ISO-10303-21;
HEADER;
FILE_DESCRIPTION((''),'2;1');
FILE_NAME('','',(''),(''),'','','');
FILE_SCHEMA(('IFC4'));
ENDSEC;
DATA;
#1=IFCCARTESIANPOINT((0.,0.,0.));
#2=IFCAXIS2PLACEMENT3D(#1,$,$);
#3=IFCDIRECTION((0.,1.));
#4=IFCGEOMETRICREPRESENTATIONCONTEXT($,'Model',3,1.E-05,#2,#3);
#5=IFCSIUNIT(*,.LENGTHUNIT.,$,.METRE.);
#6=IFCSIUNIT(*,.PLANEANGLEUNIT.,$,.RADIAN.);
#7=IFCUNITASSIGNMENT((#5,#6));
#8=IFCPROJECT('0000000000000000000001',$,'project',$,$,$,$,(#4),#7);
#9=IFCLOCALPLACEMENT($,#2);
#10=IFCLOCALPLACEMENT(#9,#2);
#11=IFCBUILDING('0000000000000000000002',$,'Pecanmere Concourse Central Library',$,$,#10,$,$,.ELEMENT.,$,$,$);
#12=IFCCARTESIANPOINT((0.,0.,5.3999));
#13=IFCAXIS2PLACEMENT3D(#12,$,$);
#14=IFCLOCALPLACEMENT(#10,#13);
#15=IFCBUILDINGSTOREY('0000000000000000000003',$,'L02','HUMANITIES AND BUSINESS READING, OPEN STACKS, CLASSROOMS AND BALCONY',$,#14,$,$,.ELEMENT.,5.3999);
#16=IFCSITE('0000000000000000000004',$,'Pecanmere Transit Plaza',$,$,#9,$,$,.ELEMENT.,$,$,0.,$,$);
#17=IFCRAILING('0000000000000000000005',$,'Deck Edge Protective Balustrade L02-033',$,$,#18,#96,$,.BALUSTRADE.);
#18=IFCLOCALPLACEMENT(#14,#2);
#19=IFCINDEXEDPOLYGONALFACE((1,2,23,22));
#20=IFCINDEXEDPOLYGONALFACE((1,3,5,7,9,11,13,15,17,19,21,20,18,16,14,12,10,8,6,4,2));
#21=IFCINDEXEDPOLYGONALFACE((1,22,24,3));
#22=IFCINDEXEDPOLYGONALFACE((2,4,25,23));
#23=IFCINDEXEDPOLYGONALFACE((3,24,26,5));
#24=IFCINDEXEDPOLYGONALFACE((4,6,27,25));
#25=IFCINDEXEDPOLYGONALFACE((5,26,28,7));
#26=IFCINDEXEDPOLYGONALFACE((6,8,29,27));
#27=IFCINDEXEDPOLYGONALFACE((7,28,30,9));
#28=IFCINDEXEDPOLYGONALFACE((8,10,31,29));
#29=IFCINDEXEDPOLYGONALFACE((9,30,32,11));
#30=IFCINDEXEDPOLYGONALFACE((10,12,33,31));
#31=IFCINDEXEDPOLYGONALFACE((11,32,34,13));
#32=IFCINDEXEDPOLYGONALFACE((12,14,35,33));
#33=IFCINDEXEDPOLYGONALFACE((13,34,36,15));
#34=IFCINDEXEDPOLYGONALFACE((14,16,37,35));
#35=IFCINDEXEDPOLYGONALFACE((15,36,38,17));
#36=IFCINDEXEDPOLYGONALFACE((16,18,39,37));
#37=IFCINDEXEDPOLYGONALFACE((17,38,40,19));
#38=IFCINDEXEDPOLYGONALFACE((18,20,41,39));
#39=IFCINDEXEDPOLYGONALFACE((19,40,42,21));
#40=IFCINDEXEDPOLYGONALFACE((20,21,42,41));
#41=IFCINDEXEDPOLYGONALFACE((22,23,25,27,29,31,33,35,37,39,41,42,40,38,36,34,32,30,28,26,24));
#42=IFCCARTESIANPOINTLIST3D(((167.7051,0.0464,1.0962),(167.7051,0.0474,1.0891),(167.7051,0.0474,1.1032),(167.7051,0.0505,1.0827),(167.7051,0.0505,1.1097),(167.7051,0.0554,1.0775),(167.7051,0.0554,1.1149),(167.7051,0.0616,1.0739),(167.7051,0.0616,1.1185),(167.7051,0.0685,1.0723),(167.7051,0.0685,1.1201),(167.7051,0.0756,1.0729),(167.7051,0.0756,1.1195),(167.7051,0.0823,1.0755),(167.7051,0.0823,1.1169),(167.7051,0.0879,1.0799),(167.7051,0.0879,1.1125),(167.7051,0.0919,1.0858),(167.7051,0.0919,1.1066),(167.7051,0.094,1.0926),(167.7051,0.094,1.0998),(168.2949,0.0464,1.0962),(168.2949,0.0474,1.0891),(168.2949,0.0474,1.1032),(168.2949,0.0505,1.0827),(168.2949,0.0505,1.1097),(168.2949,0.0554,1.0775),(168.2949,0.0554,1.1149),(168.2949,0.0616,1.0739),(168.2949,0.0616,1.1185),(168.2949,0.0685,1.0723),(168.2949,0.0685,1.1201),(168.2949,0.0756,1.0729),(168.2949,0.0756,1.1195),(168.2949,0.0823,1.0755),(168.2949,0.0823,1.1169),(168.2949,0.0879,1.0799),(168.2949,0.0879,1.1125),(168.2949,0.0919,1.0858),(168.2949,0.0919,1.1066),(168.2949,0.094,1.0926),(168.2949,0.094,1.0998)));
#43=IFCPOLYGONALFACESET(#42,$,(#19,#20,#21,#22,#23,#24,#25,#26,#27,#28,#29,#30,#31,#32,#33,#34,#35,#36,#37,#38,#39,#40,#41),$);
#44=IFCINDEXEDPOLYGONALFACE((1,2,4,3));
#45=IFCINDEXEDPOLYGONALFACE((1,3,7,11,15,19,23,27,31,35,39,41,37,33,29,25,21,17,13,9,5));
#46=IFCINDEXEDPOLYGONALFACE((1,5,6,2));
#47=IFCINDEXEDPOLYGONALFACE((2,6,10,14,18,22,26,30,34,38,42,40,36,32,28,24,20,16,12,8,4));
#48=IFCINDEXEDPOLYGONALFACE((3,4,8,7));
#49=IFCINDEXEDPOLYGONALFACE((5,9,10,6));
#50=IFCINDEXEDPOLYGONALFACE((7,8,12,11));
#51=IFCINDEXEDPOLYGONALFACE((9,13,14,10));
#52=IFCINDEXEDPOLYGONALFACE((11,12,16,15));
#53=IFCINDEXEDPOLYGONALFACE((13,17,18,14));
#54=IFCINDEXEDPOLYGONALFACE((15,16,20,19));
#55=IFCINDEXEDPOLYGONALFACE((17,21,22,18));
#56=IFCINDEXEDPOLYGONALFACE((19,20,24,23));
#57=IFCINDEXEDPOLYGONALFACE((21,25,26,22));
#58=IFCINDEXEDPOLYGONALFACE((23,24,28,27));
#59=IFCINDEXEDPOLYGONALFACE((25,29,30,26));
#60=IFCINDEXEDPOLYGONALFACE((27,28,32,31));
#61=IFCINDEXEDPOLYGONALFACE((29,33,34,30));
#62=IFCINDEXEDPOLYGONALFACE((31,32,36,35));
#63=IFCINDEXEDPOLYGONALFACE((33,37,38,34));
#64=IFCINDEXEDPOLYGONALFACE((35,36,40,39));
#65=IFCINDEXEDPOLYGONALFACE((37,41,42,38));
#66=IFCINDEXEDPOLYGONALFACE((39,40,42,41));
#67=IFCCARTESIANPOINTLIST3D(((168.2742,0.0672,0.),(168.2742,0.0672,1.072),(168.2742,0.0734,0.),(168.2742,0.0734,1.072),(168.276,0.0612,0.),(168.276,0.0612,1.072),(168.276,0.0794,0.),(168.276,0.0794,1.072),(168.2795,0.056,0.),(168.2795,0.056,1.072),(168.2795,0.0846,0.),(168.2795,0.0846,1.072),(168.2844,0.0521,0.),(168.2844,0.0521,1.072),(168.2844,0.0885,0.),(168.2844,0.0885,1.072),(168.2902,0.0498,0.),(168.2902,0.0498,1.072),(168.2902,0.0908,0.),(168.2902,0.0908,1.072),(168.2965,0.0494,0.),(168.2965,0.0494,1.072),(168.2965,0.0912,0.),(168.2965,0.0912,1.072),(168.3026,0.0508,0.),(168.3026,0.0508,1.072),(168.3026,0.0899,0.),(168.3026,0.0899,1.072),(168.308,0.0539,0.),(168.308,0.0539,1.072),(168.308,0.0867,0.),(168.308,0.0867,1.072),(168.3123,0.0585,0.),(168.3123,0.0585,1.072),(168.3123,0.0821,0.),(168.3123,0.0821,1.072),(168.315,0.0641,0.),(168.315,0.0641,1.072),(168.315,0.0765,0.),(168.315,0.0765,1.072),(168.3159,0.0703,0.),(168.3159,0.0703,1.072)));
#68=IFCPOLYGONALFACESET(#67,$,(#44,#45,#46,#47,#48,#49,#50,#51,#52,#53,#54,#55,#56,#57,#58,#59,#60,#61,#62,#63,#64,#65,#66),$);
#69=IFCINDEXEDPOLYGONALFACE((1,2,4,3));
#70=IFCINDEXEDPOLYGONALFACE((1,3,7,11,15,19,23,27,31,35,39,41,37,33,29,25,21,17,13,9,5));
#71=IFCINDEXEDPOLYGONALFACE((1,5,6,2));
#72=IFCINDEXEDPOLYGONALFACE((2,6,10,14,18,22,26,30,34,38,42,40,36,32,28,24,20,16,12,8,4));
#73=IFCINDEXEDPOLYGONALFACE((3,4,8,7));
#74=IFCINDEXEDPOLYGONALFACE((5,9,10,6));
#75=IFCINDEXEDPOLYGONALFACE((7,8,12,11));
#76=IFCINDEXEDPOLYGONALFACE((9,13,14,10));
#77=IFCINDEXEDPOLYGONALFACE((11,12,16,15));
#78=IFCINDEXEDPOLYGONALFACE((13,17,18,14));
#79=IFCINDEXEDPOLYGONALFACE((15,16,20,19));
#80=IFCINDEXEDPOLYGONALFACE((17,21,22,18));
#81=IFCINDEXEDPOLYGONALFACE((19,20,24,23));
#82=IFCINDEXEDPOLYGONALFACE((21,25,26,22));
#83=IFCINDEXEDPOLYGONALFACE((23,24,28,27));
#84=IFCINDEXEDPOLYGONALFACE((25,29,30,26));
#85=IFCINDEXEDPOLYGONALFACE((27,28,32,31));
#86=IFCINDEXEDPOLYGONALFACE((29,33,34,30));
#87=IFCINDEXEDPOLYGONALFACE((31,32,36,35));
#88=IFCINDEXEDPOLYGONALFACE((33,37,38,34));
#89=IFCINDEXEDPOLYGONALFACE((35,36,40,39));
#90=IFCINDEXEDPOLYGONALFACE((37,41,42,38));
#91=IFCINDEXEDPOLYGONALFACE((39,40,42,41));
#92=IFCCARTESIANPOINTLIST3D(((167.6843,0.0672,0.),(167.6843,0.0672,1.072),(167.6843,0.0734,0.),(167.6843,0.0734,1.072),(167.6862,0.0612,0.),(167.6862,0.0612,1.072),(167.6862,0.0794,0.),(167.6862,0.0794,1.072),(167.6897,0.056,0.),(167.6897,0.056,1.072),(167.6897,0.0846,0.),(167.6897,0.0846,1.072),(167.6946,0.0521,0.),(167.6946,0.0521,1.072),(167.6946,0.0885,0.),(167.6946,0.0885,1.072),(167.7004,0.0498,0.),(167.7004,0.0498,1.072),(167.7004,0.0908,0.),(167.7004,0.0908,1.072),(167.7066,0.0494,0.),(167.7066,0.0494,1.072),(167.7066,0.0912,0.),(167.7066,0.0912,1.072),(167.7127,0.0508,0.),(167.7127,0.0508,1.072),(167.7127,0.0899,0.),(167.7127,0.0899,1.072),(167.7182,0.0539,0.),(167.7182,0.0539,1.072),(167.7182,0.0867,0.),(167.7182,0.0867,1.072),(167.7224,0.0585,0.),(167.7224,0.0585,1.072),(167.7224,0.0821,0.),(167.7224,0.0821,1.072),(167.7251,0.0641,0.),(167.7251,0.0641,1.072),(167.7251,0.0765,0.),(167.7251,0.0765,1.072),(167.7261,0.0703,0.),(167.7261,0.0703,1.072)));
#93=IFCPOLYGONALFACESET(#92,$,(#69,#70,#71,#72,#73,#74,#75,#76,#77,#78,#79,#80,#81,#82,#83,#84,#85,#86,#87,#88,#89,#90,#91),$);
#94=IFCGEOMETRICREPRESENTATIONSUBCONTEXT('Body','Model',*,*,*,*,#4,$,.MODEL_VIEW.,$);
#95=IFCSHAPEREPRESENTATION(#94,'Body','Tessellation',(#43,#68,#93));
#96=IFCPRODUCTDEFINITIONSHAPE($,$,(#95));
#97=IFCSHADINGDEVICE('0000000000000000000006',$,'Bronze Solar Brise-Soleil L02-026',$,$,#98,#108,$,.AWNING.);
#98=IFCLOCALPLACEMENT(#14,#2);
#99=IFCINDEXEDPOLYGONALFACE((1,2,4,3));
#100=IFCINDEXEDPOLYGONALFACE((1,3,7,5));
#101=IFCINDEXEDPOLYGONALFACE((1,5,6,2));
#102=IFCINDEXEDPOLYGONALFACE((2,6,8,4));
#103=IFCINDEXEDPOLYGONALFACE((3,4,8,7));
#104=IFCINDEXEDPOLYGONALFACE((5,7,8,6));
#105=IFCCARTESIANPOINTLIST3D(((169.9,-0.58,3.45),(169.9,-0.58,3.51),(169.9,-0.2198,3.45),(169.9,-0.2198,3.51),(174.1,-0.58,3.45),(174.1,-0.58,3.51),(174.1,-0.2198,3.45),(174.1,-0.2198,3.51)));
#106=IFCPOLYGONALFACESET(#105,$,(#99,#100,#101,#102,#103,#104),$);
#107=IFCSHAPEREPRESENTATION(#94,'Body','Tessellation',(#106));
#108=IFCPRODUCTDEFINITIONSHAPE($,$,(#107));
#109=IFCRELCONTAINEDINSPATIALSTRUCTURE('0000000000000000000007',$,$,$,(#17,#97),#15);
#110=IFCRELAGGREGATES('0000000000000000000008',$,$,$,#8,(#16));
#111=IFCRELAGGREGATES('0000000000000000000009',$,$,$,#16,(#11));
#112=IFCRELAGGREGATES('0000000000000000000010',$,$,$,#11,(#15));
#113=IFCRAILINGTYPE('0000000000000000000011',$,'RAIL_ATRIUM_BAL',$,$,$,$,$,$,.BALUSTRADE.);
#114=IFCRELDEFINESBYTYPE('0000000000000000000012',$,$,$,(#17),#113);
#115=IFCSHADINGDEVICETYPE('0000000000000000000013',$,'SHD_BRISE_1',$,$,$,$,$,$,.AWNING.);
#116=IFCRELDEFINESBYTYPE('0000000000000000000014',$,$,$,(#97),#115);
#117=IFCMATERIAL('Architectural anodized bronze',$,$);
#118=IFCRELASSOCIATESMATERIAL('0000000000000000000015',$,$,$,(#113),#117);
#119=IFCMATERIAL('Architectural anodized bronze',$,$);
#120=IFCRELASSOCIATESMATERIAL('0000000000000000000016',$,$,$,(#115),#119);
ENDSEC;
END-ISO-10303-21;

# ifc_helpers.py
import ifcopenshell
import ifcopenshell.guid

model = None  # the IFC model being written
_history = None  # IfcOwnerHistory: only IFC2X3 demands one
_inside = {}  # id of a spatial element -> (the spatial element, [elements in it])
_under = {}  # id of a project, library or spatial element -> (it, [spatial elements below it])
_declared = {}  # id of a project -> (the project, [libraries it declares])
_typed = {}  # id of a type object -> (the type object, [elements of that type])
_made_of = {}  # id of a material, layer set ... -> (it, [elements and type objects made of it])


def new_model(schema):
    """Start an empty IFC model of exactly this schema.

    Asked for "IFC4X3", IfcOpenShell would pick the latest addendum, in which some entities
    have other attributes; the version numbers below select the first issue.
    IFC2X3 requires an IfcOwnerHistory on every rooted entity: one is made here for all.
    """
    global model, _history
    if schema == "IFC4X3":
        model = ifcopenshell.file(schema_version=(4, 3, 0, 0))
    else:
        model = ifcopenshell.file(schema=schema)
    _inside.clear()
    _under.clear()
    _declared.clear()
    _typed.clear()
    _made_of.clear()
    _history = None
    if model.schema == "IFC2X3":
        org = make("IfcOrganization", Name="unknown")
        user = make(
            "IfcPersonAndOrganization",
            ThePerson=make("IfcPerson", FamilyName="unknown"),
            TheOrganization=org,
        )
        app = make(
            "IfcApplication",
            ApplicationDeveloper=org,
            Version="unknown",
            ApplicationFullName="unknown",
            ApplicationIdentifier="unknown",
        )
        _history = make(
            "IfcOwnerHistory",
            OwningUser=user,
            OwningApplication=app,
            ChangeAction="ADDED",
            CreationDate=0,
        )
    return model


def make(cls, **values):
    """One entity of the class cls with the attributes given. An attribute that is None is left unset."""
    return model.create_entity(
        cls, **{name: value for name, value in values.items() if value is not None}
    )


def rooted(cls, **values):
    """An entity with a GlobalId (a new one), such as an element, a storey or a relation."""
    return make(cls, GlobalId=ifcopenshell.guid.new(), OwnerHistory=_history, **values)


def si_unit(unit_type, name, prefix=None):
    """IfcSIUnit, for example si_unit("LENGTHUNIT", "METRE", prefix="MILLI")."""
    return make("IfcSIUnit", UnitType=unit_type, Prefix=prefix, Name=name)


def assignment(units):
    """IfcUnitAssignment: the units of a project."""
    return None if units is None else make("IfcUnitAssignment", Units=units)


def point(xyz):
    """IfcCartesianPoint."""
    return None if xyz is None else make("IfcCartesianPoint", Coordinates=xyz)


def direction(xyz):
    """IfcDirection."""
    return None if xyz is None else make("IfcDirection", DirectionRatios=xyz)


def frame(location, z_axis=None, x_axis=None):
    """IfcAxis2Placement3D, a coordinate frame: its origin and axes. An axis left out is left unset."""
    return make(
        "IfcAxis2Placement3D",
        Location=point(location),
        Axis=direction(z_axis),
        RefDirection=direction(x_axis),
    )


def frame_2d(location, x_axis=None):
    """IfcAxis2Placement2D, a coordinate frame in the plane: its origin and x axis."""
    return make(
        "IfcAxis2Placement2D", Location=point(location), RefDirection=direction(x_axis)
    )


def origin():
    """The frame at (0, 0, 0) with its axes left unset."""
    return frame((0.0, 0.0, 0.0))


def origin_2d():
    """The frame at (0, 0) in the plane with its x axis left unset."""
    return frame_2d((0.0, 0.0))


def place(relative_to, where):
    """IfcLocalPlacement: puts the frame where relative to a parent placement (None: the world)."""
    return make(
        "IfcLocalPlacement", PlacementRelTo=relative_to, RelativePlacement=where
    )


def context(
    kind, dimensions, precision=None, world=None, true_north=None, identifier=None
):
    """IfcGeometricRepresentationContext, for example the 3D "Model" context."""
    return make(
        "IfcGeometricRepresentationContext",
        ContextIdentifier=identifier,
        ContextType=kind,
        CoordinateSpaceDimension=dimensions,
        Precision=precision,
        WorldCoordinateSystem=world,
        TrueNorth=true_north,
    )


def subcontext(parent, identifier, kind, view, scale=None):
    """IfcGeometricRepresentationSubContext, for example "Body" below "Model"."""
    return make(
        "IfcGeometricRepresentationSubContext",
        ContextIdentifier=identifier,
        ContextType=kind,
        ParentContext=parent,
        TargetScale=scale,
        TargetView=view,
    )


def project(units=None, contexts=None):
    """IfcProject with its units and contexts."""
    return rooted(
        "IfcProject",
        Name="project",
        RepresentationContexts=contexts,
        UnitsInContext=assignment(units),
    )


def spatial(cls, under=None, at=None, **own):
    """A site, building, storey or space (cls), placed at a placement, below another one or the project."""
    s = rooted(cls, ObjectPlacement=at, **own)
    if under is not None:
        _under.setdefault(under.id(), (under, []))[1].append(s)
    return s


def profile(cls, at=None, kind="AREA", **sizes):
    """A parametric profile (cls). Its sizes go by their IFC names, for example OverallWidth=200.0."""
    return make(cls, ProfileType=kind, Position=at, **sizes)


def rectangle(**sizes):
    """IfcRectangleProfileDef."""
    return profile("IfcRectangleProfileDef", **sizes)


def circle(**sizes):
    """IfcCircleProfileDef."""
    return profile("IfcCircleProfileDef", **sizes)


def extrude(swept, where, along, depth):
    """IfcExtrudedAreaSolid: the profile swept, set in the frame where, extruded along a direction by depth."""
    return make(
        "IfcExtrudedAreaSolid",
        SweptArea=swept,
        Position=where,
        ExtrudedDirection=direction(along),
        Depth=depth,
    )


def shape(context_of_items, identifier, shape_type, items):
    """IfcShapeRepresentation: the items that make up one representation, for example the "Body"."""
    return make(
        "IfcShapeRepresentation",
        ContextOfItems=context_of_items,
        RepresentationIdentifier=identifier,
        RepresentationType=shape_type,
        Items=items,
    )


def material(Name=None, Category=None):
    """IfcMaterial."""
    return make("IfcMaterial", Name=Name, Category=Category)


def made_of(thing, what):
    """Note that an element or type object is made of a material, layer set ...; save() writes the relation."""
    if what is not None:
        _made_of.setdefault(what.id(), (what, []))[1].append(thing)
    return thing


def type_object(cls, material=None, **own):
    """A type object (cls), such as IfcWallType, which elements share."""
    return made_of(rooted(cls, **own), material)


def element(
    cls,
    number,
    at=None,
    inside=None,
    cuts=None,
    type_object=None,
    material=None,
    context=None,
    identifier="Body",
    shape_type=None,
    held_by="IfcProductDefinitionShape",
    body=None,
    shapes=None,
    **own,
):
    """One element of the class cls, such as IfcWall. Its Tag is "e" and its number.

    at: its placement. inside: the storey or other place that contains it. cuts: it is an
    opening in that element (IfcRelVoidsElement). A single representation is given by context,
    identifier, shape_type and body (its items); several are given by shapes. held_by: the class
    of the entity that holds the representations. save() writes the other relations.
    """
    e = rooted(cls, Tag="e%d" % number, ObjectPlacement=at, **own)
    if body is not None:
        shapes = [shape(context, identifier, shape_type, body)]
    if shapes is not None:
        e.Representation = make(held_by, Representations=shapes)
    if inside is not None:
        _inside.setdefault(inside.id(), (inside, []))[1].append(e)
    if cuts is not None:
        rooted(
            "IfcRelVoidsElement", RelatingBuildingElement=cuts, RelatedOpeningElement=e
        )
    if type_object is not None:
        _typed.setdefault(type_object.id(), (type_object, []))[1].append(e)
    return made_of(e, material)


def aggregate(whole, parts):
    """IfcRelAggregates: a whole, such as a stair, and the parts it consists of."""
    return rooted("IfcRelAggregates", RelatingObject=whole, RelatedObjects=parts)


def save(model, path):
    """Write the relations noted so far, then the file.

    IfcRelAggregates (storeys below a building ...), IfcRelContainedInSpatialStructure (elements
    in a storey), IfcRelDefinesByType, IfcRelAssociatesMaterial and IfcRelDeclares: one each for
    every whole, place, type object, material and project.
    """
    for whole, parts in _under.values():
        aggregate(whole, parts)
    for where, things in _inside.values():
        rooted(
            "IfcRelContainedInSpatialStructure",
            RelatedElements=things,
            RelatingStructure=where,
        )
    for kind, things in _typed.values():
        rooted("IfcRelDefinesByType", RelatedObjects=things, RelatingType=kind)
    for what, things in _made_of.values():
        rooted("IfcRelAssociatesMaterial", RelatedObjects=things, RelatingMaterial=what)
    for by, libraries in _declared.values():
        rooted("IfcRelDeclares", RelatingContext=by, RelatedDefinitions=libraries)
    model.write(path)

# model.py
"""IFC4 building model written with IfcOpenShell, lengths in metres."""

from ifc_helpers import new_model, si_unit, direction, frame, origin, origin_2d, place, context, subcontext, project, spatial, rectangle, circle, extrude, material, type_object, element, save


model = new_model("IFC4")

# Units and contexts
model_context = context("Model", 3, precision=1e-05, world=origin(), true_north=direction((0.0, 1.0)))
body_context = subcontext(model_context, "Body", "Model", "MODEL_VIEW")
ifc_project = project(units=[si_unit("LENGTHUNIT", "METRE"), si_unit("PLANEANGLEUNIT", "RADIAN")], contexts=[model_context])

# Site, building, storey
site_placement = place(None, origin())
site = spatial("IfcSite", under=ifc_project, at=site_placement, Name="Pecanmere Transit Plaza", CompositionType="ELEMENT", RefElevation=0.0)
building_placement = place(site_placement, origin())
building = spatial("IfcBuilding", under=site, at=building_placement, Name="Pecanmere Concourse Central Library", CompositionType="ELEMENT")
storey_placement = place(building_placement, frame((0.0, 0.0, 5.3999)))
storey = spatial("IfcBuildingStorey", under=building, at=storey_placement, Name="L02", Description="HUMANITIES AND BUSINESS READING, OPEN STACKS, CLASSROOMS AND BALCONY", CompositionType="ELEMENT", Elevation=5.3999)

# Railing
ifc_material_1 = material(Name="Architectural anodized bronze")
railing_type = type_object("IfcRailingType", Name="RAIL_ATRIUM_BAL", PredefinedType="BALUSTRADE", material=ifc_material_1)
railing_1_placement = place(storey_placement, frame((168.2949, 0.0703, 0.0)))
element("IfcRailing", 1, at=railing_1_placement, inside=storey, type_object=railing_type, Name="Deck Edge Protective Balustrade L02-033", PredefinedType="BALUSTRADE", context=body_context, shape_type="SweptSolid", body=[
    extrude(circle(Radius=0.0239, at=origin_2d()), frame((0.0, 0.0, 1.0962), z_axis=(-1.0, 0.0, 0.0), x_axis=(0.0, -1.0, 0.0)), (0.0, 0.0, 1.0), 0.5898),
    extrude(circle(Radius=0.021, at=origin_2d()), origin(), (0.0, 0.0, 1.0), 1.072),
    extrude(circle(Radius=0.021, at=origin_2d()), frame((-0.5898, 0.0, 0.0)), (0.0, 0.0, 1.0), 1.072),
])

# Shading device
ifc_material_2 = material(Name="Architectural anodized bronze")
shading_device_type = type_object("IfcShadingDeviceType", Name="SHD_BRISE_1", PredefinedType="AWNING", material=ifc_material_2)
shading_device_placement = place(storey_placement, frame((172.0, -0.3999, 3.45), z_axis=(0.0, 0.0, 1.0), x_axis=(1.0, 0.0, 0.0)))
element("IfcShadingDevice", 2, at=shading_device_placement, inside=storey, type_object=shading_device_type, Name="Bronze Solar Brise-Soleil L02-026", PredefinedType="AWNING", context=body_context, shape_type="SweptSolid", body=[
    extrude(rectangle(XDim=4.2, YDim=0.3601, at=origin_2d()), origin(), (0.0, 0.0, 1.0), 0.0601),
])

save(model, "model.ifc")
